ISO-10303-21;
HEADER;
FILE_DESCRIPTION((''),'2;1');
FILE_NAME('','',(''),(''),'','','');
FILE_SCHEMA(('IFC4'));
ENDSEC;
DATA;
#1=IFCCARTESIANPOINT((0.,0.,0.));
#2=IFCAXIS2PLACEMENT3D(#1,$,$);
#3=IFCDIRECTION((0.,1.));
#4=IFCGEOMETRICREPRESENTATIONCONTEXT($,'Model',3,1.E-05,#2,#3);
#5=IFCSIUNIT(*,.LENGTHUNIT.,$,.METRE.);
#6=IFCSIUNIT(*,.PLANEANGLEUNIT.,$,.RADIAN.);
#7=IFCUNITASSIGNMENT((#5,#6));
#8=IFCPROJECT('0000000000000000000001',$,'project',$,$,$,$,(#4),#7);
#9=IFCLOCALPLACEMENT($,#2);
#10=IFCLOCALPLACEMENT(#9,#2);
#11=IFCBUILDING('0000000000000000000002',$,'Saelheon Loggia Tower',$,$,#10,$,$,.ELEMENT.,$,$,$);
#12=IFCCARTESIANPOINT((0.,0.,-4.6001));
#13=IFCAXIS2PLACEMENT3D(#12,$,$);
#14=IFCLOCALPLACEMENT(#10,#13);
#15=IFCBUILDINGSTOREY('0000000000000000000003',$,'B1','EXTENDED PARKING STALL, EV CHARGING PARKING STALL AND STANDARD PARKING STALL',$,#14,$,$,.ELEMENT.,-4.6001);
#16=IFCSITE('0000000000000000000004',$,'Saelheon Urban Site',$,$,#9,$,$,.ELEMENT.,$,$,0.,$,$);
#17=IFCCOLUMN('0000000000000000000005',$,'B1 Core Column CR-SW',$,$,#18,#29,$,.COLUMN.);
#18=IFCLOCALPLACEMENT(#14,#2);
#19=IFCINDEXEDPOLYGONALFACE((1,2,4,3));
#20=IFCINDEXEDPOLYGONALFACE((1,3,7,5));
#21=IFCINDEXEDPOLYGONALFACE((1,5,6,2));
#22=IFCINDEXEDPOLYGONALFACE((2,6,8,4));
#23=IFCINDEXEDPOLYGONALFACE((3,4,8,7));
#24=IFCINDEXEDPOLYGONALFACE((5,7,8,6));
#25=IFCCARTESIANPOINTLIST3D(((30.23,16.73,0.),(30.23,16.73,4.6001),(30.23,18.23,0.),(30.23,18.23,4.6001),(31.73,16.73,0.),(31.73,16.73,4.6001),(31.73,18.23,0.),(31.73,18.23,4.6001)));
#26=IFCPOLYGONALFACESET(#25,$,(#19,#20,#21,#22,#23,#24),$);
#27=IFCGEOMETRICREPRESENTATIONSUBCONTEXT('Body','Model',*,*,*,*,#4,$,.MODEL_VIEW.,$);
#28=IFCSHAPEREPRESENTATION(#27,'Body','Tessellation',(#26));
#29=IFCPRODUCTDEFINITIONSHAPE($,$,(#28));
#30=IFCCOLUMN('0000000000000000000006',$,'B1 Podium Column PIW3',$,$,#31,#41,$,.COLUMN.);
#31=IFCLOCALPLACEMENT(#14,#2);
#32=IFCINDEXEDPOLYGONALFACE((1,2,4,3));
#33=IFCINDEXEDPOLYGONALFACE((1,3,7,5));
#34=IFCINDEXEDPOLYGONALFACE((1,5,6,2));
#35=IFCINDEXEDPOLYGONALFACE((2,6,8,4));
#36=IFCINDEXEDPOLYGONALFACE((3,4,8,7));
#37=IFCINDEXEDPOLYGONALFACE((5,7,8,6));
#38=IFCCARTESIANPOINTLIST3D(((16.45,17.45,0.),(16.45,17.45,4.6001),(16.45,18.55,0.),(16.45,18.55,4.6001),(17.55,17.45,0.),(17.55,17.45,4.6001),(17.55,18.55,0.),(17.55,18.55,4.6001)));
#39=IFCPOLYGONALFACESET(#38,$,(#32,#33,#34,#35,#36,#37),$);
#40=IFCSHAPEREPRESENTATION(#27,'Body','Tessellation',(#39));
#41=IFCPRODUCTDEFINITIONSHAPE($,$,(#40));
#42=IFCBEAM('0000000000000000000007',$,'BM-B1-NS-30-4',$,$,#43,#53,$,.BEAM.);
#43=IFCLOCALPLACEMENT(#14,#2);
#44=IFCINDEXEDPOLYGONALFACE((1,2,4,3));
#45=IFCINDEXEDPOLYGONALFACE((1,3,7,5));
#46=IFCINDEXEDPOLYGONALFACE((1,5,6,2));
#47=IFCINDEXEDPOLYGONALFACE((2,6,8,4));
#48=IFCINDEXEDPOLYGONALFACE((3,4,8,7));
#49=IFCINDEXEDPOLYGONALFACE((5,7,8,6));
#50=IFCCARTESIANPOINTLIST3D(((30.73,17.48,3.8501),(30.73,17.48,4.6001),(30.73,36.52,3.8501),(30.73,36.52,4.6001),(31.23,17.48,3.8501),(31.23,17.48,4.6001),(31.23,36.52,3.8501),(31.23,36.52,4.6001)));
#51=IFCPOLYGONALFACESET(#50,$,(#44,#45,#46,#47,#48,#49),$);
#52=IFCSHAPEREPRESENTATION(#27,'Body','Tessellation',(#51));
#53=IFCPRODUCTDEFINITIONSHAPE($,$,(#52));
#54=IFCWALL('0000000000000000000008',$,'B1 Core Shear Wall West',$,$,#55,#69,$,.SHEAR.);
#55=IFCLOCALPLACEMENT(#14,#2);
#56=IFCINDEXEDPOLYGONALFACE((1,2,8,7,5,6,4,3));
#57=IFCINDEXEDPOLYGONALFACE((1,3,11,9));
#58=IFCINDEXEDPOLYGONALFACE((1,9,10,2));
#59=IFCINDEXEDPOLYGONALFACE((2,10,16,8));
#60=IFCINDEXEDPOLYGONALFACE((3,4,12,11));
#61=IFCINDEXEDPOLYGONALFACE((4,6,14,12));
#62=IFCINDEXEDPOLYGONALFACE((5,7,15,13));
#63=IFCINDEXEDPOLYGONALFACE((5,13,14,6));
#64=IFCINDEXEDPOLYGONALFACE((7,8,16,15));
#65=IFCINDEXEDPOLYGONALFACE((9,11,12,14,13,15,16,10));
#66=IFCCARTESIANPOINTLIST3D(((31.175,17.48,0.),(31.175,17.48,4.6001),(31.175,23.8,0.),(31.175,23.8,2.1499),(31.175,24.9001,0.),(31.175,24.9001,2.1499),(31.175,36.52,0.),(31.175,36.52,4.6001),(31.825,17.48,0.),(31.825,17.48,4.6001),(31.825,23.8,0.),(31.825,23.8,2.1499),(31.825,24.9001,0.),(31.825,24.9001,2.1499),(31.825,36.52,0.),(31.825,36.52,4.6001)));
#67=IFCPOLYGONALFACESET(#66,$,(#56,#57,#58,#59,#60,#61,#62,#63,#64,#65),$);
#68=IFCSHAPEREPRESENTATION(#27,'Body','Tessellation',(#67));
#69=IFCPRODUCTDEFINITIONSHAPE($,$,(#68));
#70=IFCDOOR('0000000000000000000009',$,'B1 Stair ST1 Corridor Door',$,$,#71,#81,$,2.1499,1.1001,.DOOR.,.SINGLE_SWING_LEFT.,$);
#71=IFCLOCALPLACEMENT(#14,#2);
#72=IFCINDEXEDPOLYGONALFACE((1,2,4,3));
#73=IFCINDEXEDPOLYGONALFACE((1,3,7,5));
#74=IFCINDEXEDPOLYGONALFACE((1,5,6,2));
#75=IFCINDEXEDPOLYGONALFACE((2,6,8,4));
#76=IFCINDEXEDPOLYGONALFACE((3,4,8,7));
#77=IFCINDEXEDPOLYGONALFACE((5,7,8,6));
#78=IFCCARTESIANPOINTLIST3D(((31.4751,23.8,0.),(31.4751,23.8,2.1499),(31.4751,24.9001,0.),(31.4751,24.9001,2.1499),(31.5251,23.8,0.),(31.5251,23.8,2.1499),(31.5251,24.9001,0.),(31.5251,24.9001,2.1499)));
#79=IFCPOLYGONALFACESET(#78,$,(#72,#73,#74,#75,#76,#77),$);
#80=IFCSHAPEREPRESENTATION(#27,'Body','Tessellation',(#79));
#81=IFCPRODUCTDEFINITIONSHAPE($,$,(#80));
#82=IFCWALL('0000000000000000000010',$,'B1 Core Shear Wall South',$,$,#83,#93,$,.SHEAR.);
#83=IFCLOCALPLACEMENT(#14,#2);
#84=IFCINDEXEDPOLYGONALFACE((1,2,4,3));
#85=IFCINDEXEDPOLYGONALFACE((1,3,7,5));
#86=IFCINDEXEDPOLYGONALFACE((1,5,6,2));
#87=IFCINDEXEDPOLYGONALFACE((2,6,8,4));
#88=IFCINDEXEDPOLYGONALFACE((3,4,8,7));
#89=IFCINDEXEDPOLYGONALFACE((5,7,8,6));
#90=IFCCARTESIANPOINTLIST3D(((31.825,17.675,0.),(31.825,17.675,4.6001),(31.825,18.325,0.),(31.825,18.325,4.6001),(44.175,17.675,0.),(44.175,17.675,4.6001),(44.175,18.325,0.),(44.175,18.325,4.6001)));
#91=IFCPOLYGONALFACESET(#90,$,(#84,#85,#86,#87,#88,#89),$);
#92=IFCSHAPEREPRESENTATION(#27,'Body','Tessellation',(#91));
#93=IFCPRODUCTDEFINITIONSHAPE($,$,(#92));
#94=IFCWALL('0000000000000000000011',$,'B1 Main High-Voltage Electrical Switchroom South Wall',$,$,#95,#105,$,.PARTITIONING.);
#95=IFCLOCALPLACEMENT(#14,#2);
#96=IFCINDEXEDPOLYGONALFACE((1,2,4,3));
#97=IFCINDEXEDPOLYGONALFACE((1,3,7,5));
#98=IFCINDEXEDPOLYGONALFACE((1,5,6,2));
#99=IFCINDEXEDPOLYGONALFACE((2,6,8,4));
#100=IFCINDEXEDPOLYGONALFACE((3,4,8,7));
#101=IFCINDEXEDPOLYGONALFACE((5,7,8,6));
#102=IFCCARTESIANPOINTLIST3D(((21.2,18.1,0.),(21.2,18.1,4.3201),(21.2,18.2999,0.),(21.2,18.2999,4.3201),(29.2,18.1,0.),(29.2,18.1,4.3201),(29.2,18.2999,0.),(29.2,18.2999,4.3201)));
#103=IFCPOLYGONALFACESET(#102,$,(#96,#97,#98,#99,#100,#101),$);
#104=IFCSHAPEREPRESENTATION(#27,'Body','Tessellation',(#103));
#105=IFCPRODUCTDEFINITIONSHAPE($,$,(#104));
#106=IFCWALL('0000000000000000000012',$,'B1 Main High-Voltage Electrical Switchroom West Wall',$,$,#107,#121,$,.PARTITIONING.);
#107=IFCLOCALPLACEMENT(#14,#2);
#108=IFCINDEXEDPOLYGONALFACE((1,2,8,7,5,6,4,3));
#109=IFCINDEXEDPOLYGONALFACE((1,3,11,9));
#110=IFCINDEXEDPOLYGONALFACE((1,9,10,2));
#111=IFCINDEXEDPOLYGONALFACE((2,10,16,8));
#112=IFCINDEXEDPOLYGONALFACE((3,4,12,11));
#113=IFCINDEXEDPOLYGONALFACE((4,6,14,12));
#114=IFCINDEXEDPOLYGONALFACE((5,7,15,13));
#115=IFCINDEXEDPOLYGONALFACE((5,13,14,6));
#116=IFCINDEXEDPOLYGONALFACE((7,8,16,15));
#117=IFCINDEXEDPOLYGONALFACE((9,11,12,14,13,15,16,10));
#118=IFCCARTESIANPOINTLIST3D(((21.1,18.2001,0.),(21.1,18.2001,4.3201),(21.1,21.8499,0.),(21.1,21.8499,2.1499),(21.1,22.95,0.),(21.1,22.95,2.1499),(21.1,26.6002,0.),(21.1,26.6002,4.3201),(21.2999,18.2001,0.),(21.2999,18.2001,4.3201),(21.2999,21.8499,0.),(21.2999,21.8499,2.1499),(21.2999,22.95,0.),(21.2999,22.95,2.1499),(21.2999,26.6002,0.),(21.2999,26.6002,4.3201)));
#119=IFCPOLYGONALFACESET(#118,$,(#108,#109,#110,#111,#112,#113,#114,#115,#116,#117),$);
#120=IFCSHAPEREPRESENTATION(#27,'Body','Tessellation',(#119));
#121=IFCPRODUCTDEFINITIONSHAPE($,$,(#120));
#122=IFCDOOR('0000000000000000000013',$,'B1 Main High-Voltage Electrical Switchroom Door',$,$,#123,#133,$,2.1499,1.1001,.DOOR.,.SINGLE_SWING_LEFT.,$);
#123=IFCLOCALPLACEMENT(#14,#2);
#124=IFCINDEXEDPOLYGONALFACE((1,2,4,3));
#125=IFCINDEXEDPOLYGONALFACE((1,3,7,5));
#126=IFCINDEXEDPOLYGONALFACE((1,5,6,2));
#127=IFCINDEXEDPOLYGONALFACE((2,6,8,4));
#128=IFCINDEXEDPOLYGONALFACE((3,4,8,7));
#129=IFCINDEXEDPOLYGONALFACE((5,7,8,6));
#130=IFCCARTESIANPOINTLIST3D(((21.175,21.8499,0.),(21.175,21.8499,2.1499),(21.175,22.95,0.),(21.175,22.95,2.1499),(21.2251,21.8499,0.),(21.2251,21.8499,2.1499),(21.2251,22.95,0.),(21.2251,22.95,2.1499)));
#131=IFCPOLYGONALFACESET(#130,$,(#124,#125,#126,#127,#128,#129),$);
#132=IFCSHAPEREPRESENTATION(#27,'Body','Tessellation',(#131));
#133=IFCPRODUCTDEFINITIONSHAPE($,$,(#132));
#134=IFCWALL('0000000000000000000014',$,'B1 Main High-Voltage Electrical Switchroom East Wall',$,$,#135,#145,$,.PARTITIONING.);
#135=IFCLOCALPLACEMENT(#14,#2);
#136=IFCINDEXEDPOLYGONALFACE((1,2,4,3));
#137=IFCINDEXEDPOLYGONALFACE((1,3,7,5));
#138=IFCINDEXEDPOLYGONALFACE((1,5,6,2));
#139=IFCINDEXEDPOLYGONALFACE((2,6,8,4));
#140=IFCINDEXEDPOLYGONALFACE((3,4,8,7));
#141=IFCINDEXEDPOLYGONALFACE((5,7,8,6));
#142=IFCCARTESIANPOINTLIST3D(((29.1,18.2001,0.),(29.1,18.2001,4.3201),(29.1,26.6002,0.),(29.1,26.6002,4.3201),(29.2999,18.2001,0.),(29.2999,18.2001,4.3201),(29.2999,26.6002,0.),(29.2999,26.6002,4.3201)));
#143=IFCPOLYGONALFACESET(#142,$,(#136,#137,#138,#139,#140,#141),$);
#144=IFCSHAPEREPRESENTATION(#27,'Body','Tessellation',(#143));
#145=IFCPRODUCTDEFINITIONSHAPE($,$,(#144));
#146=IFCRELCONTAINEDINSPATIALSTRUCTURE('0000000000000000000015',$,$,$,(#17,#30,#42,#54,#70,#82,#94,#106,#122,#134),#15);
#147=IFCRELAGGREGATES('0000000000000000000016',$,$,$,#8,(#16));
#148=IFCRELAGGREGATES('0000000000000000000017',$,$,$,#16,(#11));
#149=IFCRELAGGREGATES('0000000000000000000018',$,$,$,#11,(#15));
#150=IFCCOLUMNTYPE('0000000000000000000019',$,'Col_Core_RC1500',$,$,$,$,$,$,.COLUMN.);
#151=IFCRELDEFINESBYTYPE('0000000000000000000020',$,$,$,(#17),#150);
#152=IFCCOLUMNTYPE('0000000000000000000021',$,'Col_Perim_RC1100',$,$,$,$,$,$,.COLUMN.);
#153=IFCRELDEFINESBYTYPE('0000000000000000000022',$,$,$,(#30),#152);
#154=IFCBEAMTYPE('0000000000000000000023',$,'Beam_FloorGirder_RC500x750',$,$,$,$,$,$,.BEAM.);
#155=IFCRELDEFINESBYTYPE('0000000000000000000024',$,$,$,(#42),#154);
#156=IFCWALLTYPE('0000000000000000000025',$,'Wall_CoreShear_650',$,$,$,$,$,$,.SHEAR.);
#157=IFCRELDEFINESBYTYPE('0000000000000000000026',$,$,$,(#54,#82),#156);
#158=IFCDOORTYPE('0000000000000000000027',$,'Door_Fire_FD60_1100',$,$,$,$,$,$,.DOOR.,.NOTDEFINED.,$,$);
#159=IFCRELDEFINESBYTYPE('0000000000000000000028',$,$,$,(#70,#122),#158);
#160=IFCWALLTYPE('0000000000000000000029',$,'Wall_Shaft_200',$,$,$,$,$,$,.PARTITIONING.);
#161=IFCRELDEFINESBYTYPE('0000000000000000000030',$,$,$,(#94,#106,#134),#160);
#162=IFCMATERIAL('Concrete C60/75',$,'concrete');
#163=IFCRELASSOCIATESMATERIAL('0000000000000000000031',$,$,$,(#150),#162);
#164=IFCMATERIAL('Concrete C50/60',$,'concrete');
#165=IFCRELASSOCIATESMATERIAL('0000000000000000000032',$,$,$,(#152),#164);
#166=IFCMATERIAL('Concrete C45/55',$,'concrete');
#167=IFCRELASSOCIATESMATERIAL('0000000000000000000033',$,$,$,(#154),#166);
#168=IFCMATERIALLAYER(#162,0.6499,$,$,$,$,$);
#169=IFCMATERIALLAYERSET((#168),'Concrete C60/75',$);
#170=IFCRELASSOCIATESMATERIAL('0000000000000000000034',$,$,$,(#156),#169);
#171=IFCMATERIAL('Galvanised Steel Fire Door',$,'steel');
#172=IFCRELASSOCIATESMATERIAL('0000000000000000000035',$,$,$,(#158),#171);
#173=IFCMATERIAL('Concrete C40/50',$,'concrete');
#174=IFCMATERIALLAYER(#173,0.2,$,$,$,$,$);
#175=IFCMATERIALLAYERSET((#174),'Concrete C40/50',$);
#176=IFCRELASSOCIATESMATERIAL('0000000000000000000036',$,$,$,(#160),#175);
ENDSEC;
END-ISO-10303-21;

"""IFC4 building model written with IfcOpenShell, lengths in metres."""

from ifc_helpers import new_model, si_unit, direction, frame, frame_2d, origin, origin_2d, place, context, subcontext, project, spatial, rectangle, extrude, source, transform, mapped, material, layer, layer_set, material_profile, profile_set, type_object, element, fill, save


model = new_model("IFC4")

# Units and contexts
model_context = context("Model", 3, precision=1e-05, world=origin(), true_north=direction((0.0, 1.0)))
body_context = subcontext(model_context, "Body", "Model", "MODEL_VIEW")
ifc_project = project(units=[si_unit("LENGTHUNIT", "METRE"), si_unit("PLANEANGLEUNIT", "RADIAN")], contexts=[model_context])

# Site, building, storey
site_placement = place(None, origin())
site = spatial("IfcSite", under=ifc_project, at=site_placement, Name="Saelheon Urban Site", CompositionType="ELEMENT", RefElevation=0.0)
building_placement = place(site_placement, origin())
building = spatial("IfcBuilding", under=site, at=building_placement, Name="Saelheon Loggia Tower", CompositionType="ELEMENT")
storey_placement = place(building_placement, frame((0.0, 0.0, -4.6001)))
storey = spatial("IfcBuildingStorey", under=building, at=storey_placement, Name="B1", Description="EXTENDED PARKING STALL, EV CHARGING PARKING STALL AND STANDARD PARKING STALL", CompositionType="ELEMENT", Elevation=-4.6001)

# Columns
ifc_material_1 = material(Name="Concrete C60/75", Category="concrete")
ifc_material_profile_1 = material_profile(ifc_material_1, rectangle(XDim=1.5, YDim=1.5, at=origin_2d()), Name="RC-1500x1500")
ifc_profile_set_1 = profile_set([ifc_material_profile_1], Name="Concrete C60/75")
column_type_1 = type_object("IfcColumnType", Name="Col_Core_RC1500", PredefinedType="COLUMN", material=ifc_profile_set_1)
shared_shape_1 = source(origin(), body_context, "Body", "SweptSolid", [
    extrude(rectangle(XDim=1.5, YDim=1.5, at=origin_2d()), origin(), (0.0, 0.0, 1.0), 4.6001),
])
column_1_placement = place(storey_placement, frame((30.98, 17.48, 0.0), z_axis=(0.0, 0.0, 1.0), x_axis=(1.0, 0.0, 0.0)))
element("IfcColumn", 1, at=column_1_placement, inside=storey, type_object=column_type_1, Name="B1 Core Column CR-SW", PredefinedType="COLUMN", context=body_context, shape_type="MappedRepresentation", body=[
    mapped(shared_shape_1, transform((0.0, 0.0, 0.0), scale=1.0)),
])
ifc_material_2 = material(Name="Concrete C50/60", Category="concrete")
ifc_material_profile_2 = material_profile(ifc_material_2, rectangle(XDim=1.1001, YDim=1.1001, at=origin_2d()), Name="RC-1100x1100")
ifc_profile_set_2 = profile_set([ifc_material_profile_2], Name="Concrete C50/60")
column_type_2 = type_object("IfcColumnType", Name="Col_Perim_RC1100", PredefinedType="COLUMN", material=ifc_profile_set_2)
shared_shape_2 = source(origin(), body_context, "Body", "SweptSolid", [
    extrude(rectangle(XDim=1.1001, YDim=1.1001, at=origin_2d()), origin(), (0.0, 0.0, 1.0), 4.6001),
])
column_2_placement = place(storey_placement, frame((17.0, 18.0, 0.0), z_axis=(0.0, 0.0, 1.0), x_axis=(1.0, 0.0, 0.0)))
element("IfcColumn", 2, at=column_2_placement, inside=storey, type_object=column_type_2, Name="B1 Podium Column PIW3", PredefinedType="COLUMN", context=body_context, shape_type="MappedRepresentation", body=[
    mapped(shared_shape_2, transform((0.0, 0.0, 0.0), scale=1.0)),
])

# Beam
ifc_material_3 = material(Name="Concrete C45/55", Category="concrete")
ifc_material_profile_3 = material_profile(ifc_material_3, rectangle(XDim=0.5, YDim=0.75, at=origin_2d()), Name="RC-500x750")
ifc_profile_set_3 = profile_set([ifc_material_profile_3], Name="Concrete C45/55")
beam_type = type_object("IfcBeamType", Name="Beam_FloorGirder_RC500x750", PredefinedType="BEAM", material=ifc_profile_set_3)
shared_shape_3 = source(origin(), body_context, "Body", "SweptSolid", [
    extrude(rectangle(XDim=0.5, YDim=0.75, at=origin_2d()), origin(), (0.0, 0.0, 1.0), 19.04),
])
beam_placement = place(storey_placement, frame((30.98, 17.48, 4.2251), z_axis=(0.0, 1.0, 0.0), x_axis=(-1.0, 0.0, 0.0)))
element("IfcBeam", 3, at=beam_placement, inside=storey, type_object=beam_type, Name="BM-B1-NS-30-4", PredefinedType="BEAM", context=body_context, shape_type="MappedRepresentation", body=[
    mapped(shared_shape_3, transform((0.0, 0.0, 0.0), scale=1.0)),
])

# Wall, opening, door
ifc_layer_1 = layer(ifc_material_1, 0.6499)
ifc_layer_set_1 = layer_set([ifc_layer_1], Name="Concrete C60/75")
wall_type_1 = type_object("IfcWallType", Name="Wall_CoreShear_650", PredefinedType="SHEAR", material=ifc_layer_set_1)
wall_1_placement = place(storey_placement, frame((31.5, 17.48, 0.0), z_axis=(0.0, 0.0, 1.0), x_axis=(0.0, 1.0, 0.0)))
wall_1 = element("IfcWall", 4, at=wall_1_placement, inside=storey, type_object=wall_type_1, Name="B1 Core Shear Wall West", PredefinedType="SHEAR", context=body_context, shape_type="SweptSolid", body=[
    extrude(rectangle(XDim=19.04, YDim=0.6499, at=frame_2d((9.52, 0.0))), origin(), (0.0, 0.0, 1.0), 4.6001),
])
opening_1_placement = place(wall_1_placement, frame((6.3201, 0.0, 0.0)))
opening_1 = element("IfcOpeningElement", 5, at=opening_1_placement, cuts=wall_1, PredefinedType="OPENING", context=body_context, shape_type="SweptSolid", body=[
    extrude(rectangle(XDim=1.1001, YDim=2.1499, at=frame_2d((0.55, 1.075))), frame((0.0, 0.3369, 0.0), z_axis=(0.0, -1.0, 0.0), x_axis=(1.0, 0.0, 0.0)), (0.0, 0.0, 1.0), 0.6738),
])
ifc_material_4 = material(Name="Galvanised Steel Fire Door", Category="steel")
door_type_1 = type_object("IfcDoorType", Name="Door_Fire_FD60_1100", OperationType="NOTDEFINED", PredefinedType="DOOR", material=ifc_material_4)
shared_shape_4 = source(origin(), body_context, "Body", "SweptSolid", [
    extrude(rectangle(XDim=1.1001, YDim=2.1499, at=frame_2d((0.55, 1.075))), frame((0.0, 0.0249, 0.0), z_axis=(0.0, -1.0, 0.0), x_axis=(1.0, 0.0, 0.0)), (0.0, 0.0, 1.0), 0.05),
])
door_1_placement = place(opening_1_placement, origin())
door_1 = element("IfcDoor", 6, at=door_1_placement, inside=storey, type_object=door_type_1, Name="B1 Stair ST1 Corridor Door", OperationType="SINGLE_SWING_LEFT", OverallHeight=2.1499, OverallWidth=1.1001, PredefinedType="DOOR", context=body_context, shape_type="MappedRepresentation", body=[
    mapped(shared_shape_4, transform((0.0, 0.0, 0.0), scale=1.0)),
])
fill(opening_1, door_1)

# Wall
wall_2_placement = place(storey_placement, frame((31.825, 18.0, 0.0), z_axis=(0.0, 0.0, 1.0), x_axis=(1.0, 0.0, 0.0)))
element("IfcWall", 7, at=wall_2_placement, inside=storey, type_object=wall_type_1, Name="B1 Core Shear Wall South", PredefinedType="SHEAR", context=body_context, shape_type="SweptSolid", body=[
    extrude(rectangle(XDim=12.3501, YDim=0.6499, at=frame_2d((6.175, 0.0))), origin(), (0.0, 0.0, 1.0), 4.6001),
])

# Shared definitions
ifc_material_5 = material(Name="Concrete C40/50", Category="concrete")
ifc_layer_2 = layer(ifc_material_5, 0.2)
ifc_layer_set_2 = layer_set([ifc_layer_2], Name="Concrete C40/50")
wall_type_2 = type_object("IfcWallType", Name="Wall_Shaft_200", PredefinedType="PARTITIONING", material=ifc_layer_set_2)

# Wall
wall_3_placement = place(storey_placement, frame((21.2, 18.2, 0.0), z_axis=(0.0, 0.0, 1.0), x_axis=(1.0, 0.0, 0.0)))
element("IfcWall", 8, at=wall_3_placement, inside=storey, type_object=wall_type_2, Name="B1 Main High-Voltage Electrical Switchroom South Wall", PredefinedType="PARTITIONING", context=body_context, shape_type="SweptSolid", body=[
    extrude(rectangle(XDim=8.0, YDim=0.2, at=frame_2d((4.0, 0.0))), origin(), (0.0, 0.0, 1.0), 4.3201),
])

# Wall, opening, door
wall_4_placement = place(storey_placement, frame((21.2, 18.2, 0.0), z_axis=(0.0, 0.0, 1.0), x_axis=(0.0, 1.0, 0.0)))
wall_4 = element("IfcWall", 9, at=wall_4_placement, inside=storey, type_object=wall_type_2, Name="B1 Main High-Voltage Electrical Switchroom West Wall", PredefinedType="PARTITIONING", context=body_context, shape_type="SweptSolid", body=[
    extrude(rectangle(XDim=8.4001, YDim=0.2, at=frame_2d((4.2002, 0.0))), origin(), (0.0, 0.0, 1.0), 4.3201),
])
opening_2_placement = place(wall_4_placement, frame((3.6499, 0.0, 0.0)))
opening_2 = element("IfcOpeningElement", 10, at=opening_2_placement, cuts=wall_4, PredefinedType="OPENING", context=body_context, shape_type="SweptSolid", body=[
    extrude(rectangle(XDim=1.1001, YDim=2.1499, at=frame_2d((0.55, 1.075))), frame((0.0, 0.1121, 0.0), z_axis=(0.0, -1.0, 0.0), x_axis=(1.0, 0.0, 0.0)), (0.0, 0.0, 1.0), 0.2239),
])
door_2_placement = place(opening_2_placement, origin())
door_2 = element("IfcDoor", 11, at=door_2_placement, inside=storey, type_object=door_type_1, Name="B1 Main High-Voltage Electrical Switchroom Door", OperationType="SINGLE_SWING_LEFT", OverallHeight=2.1499, OverallWidth=1.1001, PredefinedType="DOOR", context=body_context, shape_type="MappedRepresentation", body=[
    mapped(shared_shape_4, transform((0.0, 0.0, 0.0), scale=1.0)),
])
fill(opening_2, door_2)

# Wall
wall_5_placement = place(storey_placement, frame((29.2, 18.2, 0.0), z_axis=(0.0, 0.0, 1.0), x_axis=(0.0, 1.0, 0.0)))
element("IfcWall", 12, at=wall_5_placement, inside=storey, type_object=wall_type_2, Name="B1 Main High-Voltage Electrical Switchroom East Wall", PredefinedType="PARTITIONING", context=body_context, shape_type="SweptSolid", body=[
    extrude(rectangle(XDim=8.4001, YDim=0.2, at=frame_2d((4.2002, 0.0))), origin(), (0.0, 0.0, 1.0), 4.3201),
])

save(model, "model.ifc")
